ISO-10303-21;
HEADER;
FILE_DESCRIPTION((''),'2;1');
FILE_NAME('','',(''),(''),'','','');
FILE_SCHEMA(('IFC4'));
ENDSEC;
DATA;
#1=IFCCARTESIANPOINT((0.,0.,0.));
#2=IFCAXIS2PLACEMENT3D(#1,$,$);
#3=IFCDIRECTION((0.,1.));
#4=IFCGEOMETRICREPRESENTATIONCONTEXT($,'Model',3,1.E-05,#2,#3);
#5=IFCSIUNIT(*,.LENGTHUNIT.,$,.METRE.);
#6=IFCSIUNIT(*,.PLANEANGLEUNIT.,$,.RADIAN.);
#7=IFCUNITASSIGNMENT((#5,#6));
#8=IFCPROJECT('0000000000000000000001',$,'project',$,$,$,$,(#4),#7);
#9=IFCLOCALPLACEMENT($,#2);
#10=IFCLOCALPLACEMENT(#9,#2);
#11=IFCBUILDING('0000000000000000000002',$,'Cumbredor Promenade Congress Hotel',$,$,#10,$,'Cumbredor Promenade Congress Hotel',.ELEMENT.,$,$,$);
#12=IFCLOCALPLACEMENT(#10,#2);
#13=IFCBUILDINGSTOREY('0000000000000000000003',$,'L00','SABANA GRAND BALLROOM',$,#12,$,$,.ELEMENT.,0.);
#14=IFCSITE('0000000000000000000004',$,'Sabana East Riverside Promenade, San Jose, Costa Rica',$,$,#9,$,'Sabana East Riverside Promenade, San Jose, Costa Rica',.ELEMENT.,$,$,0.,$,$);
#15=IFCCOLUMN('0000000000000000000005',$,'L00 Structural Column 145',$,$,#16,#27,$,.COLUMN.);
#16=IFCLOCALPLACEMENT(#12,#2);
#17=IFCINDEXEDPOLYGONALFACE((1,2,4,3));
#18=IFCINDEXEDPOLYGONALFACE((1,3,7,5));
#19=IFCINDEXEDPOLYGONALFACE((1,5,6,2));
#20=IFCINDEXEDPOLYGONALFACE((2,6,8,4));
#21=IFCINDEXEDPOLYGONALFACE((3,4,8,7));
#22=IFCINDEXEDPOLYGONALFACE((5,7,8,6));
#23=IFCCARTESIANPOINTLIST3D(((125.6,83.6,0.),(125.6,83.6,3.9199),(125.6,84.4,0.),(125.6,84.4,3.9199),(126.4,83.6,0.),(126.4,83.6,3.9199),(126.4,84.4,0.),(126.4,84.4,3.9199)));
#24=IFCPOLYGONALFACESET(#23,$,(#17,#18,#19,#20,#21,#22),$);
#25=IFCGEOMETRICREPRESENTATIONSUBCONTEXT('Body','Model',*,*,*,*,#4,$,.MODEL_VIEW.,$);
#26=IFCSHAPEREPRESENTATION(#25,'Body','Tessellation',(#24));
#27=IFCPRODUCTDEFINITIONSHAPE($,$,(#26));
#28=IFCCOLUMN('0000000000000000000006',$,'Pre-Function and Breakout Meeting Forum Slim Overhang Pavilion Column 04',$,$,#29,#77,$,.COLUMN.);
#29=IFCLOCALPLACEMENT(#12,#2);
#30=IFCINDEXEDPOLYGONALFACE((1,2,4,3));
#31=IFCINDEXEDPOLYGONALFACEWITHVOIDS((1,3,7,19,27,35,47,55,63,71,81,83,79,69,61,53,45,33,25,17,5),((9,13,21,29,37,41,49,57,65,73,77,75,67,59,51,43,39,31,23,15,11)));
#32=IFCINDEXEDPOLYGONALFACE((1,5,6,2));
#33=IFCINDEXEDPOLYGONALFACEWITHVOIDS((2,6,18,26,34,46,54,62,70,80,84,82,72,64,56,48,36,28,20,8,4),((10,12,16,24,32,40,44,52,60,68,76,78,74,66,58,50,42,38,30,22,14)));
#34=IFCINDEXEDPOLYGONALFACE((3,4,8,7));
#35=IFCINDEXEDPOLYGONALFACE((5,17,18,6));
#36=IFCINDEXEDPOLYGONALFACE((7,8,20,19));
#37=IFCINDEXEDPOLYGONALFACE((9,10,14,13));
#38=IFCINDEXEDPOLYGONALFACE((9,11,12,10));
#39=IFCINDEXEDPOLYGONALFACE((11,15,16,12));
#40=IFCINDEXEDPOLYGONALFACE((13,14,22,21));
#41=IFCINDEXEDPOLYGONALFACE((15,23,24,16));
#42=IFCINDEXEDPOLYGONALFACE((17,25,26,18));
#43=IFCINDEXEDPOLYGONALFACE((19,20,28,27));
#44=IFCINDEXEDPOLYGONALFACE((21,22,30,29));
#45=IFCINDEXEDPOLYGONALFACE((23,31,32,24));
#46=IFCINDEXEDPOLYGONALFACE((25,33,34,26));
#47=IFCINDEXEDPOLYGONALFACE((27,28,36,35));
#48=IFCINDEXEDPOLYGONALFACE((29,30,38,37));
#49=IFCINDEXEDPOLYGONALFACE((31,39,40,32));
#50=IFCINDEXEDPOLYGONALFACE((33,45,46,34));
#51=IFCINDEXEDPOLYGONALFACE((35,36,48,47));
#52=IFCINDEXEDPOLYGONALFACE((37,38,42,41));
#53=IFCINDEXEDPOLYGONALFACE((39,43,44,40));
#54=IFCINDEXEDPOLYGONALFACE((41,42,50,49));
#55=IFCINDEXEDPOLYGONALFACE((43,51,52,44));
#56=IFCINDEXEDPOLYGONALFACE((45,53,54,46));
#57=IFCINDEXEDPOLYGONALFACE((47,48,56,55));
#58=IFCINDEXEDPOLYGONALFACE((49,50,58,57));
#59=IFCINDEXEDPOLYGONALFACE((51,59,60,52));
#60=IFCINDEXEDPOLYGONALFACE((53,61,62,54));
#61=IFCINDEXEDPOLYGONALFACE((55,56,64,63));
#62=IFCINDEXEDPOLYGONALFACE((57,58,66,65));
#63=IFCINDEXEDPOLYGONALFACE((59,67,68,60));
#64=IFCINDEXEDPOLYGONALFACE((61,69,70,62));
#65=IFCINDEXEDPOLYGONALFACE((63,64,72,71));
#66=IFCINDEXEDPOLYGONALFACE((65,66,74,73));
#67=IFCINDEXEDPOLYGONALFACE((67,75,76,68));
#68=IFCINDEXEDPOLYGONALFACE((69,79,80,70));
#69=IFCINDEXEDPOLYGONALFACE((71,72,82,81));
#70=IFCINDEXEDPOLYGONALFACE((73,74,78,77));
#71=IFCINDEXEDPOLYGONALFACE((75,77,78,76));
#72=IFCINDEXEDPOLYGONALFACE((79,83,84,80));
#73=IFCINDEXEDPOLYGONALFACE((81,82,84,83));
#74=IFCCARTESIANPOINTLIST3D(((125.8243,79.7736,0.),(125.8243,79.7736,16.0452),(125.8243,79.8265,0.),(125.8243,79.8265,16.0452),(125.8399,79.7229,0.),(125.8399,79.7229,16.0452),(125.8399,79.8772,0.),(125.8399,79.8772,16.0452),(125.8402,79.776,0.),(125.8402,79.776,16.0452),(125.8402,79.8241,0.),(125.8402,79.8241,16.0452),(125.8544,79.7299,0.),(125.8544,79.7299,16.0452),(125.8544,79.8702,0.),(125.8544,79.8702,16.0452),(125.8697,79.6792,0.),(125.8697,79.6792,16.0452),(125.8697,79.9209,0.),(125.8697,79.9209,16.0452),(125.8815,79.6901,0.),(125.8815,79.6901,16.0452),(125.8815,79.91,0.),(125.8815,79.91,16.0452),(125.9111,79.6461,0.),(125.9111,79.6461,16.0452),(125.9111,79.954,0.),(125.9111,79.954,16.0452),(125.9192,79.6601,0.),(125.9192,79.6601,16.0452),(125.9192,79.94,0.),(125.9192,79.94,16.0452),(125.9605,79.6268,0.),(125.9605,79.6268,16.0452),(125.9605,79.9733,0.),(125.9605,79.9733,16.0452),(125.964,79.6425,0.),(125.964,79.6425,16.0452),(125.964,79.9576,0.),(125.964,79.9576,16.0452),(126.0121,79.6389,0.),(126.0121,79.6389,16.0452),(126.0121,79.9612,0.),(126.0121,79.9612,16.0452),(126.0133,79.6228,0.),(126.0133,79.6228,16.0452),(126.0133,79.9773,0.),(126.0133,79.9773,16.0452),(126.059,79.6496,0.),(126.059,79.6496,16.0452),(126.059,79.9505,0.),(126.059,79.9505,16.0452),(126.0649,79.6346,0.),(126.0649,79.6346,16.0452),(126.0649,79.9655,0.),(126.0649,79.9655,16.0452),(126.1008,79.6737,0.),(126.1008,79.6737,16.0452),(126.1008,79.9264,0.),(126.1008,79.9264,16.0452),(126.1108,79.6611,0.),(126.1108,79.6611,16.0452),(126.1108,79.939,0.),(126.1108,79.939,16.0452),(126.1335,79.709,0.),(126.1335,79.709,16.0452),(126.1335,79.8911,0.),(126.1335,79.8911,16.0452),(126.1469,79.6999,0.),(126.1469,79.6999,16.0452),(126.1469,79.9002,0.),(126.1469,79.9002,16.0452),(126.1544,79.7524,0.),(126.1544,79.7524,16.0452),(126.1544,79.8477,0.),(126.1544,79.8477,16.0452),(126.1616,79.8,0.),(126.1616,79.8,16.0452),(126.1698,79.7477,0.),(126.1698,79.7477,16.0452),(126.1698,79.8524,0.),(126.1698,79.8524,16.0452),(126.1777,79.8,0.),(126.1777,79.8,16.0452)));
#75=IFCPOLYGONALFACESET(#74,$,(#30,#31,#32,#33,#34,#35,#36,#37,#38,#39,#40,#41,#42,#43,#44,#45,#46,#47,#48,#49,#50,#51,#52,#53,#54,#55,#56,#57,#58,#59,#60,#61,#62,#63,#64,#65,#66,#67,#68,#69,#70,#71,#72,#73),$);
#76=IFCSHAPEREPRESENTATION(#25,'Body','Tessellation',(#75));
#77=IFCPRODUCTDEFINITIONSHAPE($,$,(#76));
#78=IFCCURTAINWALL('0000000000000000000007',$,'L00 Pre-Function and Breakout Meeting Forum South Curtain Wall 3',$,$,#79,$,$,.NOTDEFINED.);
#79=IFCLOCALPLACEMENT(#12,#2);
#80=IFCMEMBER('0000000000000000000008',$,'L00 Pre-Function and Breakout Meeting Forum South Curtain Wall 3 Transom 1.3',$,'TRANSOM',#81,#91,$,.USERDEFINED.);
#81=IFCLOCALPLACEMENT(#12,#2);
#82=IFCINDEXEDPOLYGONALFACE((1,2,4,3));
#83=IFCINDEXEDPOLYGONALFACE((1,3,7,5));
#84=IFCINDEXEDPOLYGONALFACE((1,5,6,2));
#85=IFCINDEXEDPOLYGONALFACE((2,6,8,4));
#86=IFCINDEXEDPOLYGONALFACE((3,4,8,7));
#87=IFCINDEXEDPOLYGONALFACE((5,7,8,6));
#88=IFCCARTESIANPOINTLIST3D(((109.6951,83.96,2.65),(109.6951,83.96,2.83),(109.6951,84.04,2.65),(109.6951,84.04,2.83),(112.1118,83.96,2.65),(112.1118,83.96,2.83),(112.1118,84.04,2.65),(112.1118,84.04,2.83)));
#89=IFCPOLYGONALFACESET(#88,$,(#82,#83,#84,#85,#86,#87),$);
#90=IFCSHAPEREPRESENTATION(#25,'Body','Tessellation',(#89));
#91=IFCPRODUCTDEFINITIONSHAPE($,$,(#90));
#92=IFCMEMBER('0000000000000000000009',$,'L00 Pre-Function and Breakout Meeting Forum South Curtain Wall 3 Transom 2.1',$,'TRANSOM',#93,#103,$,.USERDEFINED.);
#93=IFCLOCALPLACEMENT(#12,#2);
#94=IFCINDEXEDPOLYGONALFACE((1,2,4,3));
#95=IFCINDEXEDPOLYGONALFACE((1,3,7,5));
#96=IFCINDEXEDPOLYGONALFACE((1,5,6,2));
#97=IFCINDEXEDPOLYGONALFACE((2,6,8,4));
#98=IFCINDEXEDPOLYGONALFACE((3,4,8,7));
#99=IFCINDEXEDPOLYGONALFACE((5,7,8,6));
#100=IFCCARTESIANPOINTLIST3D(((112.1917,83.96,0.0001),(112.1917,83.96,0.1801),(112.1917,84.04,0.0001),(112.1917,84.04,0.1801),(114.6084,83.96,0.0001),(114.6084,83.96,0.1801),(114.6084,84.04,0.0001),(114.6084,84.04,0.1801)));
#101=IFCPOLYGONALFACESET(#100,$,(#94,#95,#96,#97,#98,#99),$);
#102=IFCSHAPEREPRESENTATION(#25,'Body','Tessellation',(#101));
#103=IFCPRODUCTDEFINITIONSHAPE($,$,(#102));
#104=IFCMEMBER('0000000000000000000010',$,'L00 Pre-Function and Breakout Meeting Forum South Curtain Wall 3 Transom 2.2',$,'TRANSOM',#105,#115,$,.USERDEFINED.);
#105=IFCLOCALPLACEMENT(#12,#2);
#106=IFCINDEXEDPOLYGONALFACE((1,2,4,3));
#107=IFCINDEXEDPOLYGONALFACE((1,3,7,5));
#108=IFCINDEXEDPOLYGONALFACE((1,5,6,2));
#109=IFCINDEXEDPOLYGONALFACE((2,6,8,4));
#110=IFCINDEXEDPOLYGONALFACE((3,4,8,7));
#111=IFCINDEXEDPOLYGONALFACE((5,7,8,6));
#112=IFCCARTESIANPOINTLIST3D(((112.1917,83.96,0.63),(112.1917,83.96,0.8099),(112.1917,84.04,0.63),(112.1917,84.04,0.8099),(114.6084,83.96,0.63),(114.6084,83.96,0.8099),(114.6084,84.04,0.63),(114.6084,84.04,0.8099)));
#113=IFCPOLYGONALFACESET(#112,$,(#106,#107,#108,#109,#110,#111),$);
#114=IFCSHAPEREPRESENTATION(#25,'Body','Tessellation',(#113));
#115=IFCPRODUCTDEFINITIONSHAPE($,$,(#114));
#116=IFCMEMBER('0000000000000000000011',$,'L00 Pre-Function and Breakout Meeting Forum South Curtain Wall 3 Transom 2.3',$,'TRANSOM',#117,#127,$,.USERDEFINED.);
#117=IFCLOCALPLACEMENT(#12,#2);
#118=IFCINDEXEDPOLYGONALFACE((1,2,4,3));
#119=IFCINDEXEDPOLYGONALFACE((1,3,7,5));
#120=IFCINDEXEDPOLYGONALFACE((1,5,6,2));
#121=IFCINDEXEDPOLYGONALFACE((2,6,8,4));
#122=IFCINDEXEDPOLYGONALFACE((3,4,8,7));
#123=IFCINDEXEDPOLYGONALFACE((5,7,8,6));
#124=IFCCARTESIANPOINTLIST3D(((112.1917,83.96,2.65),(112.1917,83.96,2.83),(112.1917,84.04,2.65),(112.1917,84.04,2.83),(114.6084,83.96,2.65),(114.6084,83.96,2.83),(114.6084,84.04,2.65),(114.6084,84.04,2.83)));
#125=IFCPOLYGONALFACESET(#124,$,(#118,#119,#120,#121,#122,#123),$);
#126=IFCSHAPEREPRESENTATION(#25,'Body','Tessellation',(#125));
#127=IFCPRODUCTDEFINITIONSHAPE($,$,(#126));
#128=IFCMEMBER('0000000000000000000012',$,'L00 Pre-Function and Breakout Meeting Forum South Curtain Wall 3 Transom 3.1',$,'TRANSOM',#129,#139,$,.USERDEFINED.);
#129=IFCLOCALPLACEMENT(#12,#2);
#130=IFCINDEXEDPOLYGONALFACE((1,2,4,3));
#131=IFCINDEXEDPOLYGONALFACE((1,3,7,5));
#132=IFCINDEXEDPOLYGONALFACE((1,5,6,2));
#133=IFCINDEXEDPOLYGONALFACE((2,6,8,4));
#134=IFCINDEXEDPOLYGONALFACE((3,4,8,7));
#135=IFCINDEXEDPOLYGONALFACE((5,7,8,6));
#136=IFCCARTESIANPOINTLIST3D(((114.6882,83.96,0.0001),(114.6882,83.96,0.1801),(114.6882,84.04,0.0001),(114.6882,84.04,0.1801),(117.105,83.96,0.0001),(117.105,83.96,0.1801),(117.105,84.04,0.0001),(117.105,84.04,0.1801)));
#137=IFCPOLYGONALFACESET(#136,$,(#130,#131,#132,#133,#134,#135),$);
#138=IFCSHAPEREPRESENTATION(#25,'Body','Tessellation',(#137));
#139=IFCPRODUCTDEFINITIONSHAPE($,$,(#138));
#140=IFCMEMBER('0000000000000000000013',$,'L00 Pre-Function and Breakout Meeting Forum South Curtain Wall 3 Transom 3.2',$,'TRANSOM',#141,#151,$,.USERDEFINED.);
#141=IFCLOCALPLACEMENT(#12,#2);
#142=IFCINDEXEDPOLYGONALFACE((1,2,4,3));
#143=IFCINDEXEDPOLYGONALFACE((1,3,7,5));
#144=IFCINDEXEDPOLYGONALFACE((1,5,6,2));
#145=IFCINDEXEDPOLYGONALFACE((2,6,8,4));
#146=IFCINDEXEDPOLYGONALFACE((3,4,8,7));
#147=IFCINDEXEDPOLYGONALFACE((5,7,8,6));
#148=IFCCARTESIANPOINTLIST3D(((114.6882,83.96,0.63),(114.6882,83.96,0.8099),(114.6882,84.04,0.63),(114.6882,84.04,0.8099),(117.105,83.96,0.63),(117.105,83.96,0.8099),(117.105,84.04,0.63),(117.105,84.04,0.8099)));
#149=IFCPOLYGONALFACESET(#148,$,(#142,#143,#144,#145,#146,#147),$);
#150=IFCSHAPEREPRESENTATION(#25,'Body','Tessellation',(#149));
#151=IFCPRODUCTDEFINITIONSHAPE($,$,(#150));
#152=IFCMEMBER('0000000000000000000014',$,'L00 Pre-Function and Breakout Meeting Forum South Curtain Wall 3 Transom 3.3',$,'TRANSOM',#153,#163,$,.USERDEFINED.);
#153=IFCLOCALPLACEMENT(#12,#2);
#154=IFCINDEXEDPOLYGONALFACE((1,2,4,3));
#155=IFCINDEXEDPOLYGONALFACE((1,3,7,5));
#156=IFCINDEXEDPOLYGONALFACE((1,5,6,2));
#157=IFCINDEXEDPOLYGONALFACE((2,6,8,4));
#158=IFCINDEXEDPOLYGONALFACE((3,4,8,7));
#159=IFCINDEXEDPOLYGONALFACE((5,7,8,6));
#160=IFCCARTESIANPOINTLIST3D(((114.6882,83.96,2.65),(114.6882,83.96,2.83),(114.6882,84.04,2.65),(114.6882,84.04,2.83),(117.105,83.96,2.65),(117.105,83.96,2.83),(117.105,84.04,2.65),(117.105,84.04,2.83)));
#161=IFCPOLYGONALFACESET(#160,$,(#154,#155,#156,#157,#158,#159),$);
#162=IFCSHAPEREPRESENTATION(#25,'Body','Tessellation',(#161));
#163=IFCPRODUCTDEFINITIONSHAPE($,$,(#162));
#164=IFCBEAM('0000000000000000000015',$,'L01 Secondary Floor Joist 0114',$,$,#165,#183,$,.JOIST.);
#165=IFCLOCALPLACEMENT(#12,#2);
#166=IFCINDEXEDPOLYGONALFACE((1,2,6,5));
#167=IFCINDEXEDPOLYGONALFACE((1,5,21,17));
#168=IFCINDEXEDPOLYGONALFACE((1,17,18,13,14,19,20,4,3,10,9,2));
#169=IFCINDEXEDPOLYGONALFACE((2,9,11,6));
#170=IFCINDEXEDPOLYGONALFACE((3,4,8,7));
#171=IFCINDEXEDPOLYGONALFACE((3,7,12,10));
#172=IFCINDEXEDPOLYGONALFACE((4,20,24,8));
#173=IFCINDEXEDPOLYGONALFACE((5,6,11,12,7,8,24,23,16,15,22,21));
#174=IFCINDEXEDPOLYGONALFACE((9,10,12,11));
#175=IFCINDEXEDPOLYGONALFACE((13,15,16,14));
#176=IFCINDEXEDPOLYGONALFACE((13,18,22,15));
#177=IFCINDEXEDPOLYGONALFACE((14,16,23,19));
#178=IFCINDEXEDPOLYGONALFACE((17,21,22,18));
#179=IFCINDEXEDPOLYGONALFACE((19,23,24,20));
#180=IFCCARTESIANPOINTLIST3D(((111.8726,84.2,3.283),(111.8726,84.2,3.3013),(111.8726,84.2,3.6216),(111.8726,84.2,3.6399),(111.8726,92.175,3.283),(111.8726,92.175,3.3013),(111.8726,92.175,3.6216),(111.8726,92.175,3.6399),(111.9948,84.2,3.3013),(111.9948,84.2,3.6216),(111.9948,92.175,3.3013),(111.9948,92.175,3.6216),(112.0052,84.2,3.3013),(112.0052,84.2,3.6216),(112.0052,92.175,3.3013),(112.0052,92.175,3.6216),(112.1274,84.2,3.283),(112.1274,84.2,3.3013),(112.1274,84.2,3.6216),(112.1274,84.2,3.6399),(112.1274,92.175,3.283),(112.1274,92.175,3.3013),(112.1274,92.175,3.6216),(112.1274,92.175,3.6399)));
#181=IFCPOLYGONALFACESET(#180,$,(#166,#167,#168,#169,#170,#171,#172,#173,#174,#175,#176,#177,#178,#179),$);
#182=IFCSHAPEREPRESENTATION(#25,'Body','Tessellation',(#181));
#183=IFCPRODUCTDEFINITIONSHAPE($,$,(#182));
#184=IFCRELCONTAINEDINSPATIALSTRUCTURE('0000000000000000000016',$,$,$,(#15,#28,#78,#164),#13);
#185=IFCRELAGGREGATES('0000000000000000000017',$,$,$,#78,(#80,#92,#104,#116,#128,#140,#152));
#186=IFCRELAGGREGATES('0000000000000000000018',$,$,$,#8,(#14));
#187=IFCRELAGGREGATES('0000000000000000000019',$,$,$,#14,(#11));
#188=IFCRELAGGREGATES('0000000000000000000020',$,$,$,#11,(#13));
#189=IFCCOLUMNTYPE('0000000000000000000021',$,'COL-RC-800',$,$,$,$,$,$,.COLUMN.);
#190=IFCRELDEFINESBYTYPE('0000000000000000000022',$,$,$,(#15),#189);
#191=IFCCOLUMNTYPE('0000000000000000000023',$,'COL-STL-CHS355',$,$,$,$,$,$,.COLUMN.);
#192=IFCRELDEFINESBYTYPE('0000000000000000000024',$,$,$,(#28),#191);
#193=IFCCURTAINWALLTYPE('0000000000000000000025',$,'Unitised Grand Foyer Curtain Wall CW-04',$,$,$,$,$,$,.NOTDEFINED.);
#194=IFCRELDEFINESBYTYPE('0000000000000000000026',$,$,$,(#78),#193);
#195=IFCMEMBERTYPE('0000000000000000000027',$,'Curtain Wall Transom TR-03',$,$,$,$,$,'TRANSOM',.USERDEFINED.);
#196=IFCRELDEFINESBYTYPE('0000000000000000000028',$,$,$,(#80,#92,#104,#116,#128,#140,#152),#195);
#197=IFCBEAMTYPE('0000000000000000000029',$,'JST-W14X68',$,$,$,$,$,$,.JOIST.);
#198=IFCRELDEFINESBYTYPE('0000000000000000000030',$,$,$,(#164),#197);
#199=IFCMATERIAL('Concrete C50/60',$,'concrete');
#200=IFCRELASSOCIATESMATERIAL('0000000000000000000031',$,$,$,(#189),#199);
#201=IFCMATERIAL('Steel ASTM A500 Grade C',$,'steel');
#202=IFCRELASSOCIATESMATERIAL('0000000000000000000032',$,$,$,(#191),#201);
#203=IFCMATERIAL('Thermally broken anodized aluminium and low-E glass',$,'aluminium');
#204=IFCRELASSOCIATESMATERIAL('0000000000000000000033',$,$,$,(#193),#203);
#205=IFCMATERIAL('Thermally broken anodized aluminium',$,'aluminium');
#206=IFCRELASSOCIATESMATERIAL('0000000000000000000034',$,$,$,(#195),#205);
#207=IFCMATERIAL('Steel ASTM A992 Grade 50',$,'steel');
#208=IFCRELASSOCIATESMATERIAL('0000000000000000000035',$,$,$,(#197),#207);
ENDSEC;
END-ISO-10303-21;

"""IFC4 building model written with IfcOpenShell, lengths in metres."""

from ifc_helpers import new_model, si_unit, direction, frame, origin, origin_2d, place, context, subcontext, project, spatial, rectangle, hollow_circle, i_section, extrude, material, material_profile, profile_set, type_object, element, aggregate, save


model = new_model("IFC4")

# Units and contexts
model_context = context("Model", 3, precision=1e-05, world=origin(), true_north=direction((0.0, 1.0)))
body_context = subcontext(model_context, "Body", "Model", "MODEL_VIEW")
ifc_project = project(units=[si_unit("LENGTHUNIT", "METRE"), si_unit("PLANEANGLEUNIT", "RADIAN")], contexts=[model_context])

# Site, building, storey
site_placement = place(None, origin())
site = spatial("IfcSite", under=ifc_project, at=site_placement, Name="Sabana East Riverside Promenade, San Jose, Costa Rica", LongName="Sabana East Riverside Promenade, San Jose, Costa Rica", CompositionType="ELEMENT", RefElevation=0.0)
building_placement = place(site_placement, origin())
building = spatial("IfcBuilding", under=site, at=building_placement, Name="Cumbredor Promenade Congress Hotel", LongName="Cumbredor Promenade Congress Hotel", CompositionType="ELEMENT")
storey_placement = place(building_placement, origin())
storey = spatial("IfcBuildingStorey", under=building, at=storey_placement, Name="L00", Description="SABANA GRAND BALLROOM", CompositionType="ELEMENT", Elevation=0.0)

# Columns
ifc_material_1 = material(Name="Concrete C50/60", Category="concrete")
ifc_material_profile_1 = material_profile(ifc_material_1, rectangle(XDim=0.8, YDim=0.8, at=origin_2d()), Name="RC 800x800")
ifc_profile_set_1 = profile_set([ifc_material_profile_1], Name="Concrete C50/60")
column_type_1 = type_object("IfcColumnType", Name="COL-RC-800", PredefinedType="COLUMN", material=ifc_profile_set_1)
column_1_placement = place(storey_placement, frame((126.0, 84.0, 0.0), z_axis=(0.0, 0.0, 1.0), x_axis=(1.0, 0.0, 0.0)))
element("IfcColumn", 1, at=column_1_placement, inside=storey, type_object=column_type_1, Name="L00 Structural Column 145", PredefinedType="COLUMN", context=body_context, shape_type="SweptSolid", body=[
    extrude(rectangle(XDim=0.8, YDim=0.8, at=origin_2d()), origin(), (0.0, 0.0, 1.0), 3.9199),
])
ifc_material_2 = material(Name="Steel ASTM A500 Grade C", Category="steel")
ifc_material_profile_2 = material_profile(ifc_material_2, hollow_circle(Radius=0.1777, WallThickness=0.0161, at=origin_2d()), Name="CHS 355.6x16")
ifc_profile_set_2 = profile_set([ifc_material_profile_2], Name="Steel ASTM A500 Grade C")
column_type_2 = type_object("IfcColumnType", Name="COL-STL-CHS355", PredefinedType="COLUMN", material=ifc_profile_set_2)
column_2_placement = place(storey_placement, frame((126.0, 79.8, 0.0), z_axis=(0.0, 0.0, 1.0), x_axis=(1.0, 0.0, 0.0)))
element("IfcColumn", 2, at=column_2_placement, inside=storey, type_object=column_type_2, Name="Pre-Function and Breakout Meeting Forum Slim Overhang Pavilion Column 04", PredefinedType="COLUMN", context=body_context, shape_type="SweptSolid", body=[
    extrude(hollow_circle(Radius=0.1777, WallThickness=0.0161, at=origin_2d()), origin(), (0.0, 0.0, 1.0), 16.0452),
])

# Curtain wall, members
ifc_material_3 = material(Name="Thermally broken anodized aluminium and low-E glass", Category="aluminium")
curtain_wall_type = type_object("IfcCurtainWallType", Name="Unitised Grand Foyer Curtain Wall CW-04", PredefinedType="NOTDEFINED", material=ifc_material_3)
curtain_wall_placement = place(storey_placement, origin())
curtain_wall = element("IfcCurtainWall", 3, at=curtain_wall_placement, inside=storey, type_object=curtain_wall_type, Name="L00 Pre-Function and Breakout Meeting Forum South Curtain Wall 3", PredefinedType="NOTDEFINED")
ifc_material_4 = material(Name="Thermally broken anodized aluminium", Category="aluminium")
ifc_material_profile_3 = material_profile(ifc_material_4, rectangle(XDim=0.0801, YDim=0.1799, at=origin_2d()), Name="ALU TRANSOM 80x180")
ifc_profile_set_3 = profile_set([ifc_material_profile_3], Name="Thermally broken anodized aluminium")
member_type = type_object("IfcMemberType", Name="Curtain Wall Transom TR-03", ElementType="TRANSOM", PredefinedType="USERDEFINED", material=ifc_profile_set_3)
member_1_placement = place(storey_placement, frame((109.6951, 84.0, 2.74), z_axis=(1.0, 0.0, 0.0), x_axis=(0.0, 1.0, 0.0)))
member_1 = element("IfcMember", 4, at=member_1_placement, type_object=member_type, Name="L00 Pre-Function and Breakout Meeting Forum South Curtain Wall 3 Transom 1.3", ObjectType="TRANSOM", PredefinedType="USERDEFINED", context=body_context, shape_type="SweptSolid", body=[
    extrude(rectangle(XDim=0.0801, YDim=0.1799, at=origin_2d()), origin(), (0.0, 0.0, 1.0), 2.4167),
])
member_2_placement = place(storey_placement, frame((112.1917, 84.0, 0.0901), z_axis=(1.0, 0.0, 0.0), x_axis=(0.0, 1.0, 0.0)))
member_2 = element("IfcMember", 5, at=member_2_placement, type_object=member_type, Name="L00 Pre-Function and Breakout Meeting Forum South Curtain Wall 3 Transom 2.1", ObjectType="TRANSOM", PredefinedType="USERDEFINED", context=body_context, shape_type="SweptSolid", body=[
    extrude(rectangle(XDim=0.0801, YDim=0.1799, at=origin_2d()), origin(), (0.0, 0.0, 1.0), 2.4167),
])
member_3_placement = place(storey_placement, frame((112.1917, 84.0, 0.72), z_axis=(1.0, 0.0, 0.0), x_axis=(0.0, 1.0, 0.0)))
member_3 = element("IfcMember", 6, at=member_3_placement, type_object=member_type, Name="L00 Pre-Function and Breakout Meeting Forum South Curtain Wall 3 Transom 2.2", ObjectType="TRANSOM", PredefinedType="USERDEFINED", context=body_context, shape_type="SweptSolid", body=[
    extrude(rectangle(XDim=0.0801, YDim=0.1799, at=origin_2d()), origin(), (0.0, 0.0, 1.0), 2.4167),
])
member_4_placement = place(storey_placement, frame((112.1917, 84.0, 2.74), z_axis=(1.0, 0.0, 0.0), x_axis=(0.0, 1.0, 0.0)))
member_4 = element("IfcMember", 7, at=member_4_placement, type_object=member_type, Name="L00 Pre-Function and Breakout Meeting Forum South Curtain Wall 3 Transom 2.3", ObjectType="TRANSOM", PredefinedType="USERDEFINED", context=body_context, shape_type="SweptSolid", body=[
    extrude(rectangle(XDim=0.0801, YDim=0.1799, at=origin_2d()), origin(), (0.0, 0.0, 1.0), 2.4167),
])
member_5_placement = place(storey_placement, frame((114.6882, 84.0, 0.0901), z_axis=(1.0, 0.0, 0.0), x_axis=(0.0, 1.0, 0.0)))
member_5 = element("IfcMember", 8, at=member_5_placement, type_object=member_type, Name="L00 Pre-Function and Breakout Meeting Forum South Curtain Wall 3 Transom 3.1", ObjectType="TRANSOM", PredefinedType="USERDEFINED", context=body_context, shape_type="SweptSolid", body=[
    extrude(rectangle(XDim=0.0801, YDim=0.1799, at=origin_2d()), origin(), (0.0, 0.0, 1.0), 2.4167),
])
member_6_placement = place(storey_placement, frame((114.6882, 84.0, 0.72), z_axis=(1.0, 0.0, 0.0), x_axis=(0.0, 1.0, 0.0)))
member_6 = element("IfcMember", 9, at=member_6_placement, type_object=member_type, Name="L00 Pre-Function and Breakout Meeting Forum South Curtain Wall 3 Transom 3.2", ObjectType="TRANSOM", PredefinedType="USERDEFINED", context=body_context, shape_type="SweptSolid", body=[
    extrude(rectangle(XDim=0.0801, YDim=0.1799, at=origin_2d()), origin(), (0.0, 0.0, 1.0), 2.4167),
])
member_7_placement = place(storey_placement, frame((114.6882, 84.0, 2.74), z_axis=(1.0, 0.0, 0.0), x_axis=(0.0, 1.0, 0.0)))
member_7 = element("IfcMember", 10, at=member_7_placement, type_object=member_type, Name="L00 Pre-Function and Breakout Meeting Forum South Curtain Wall 3 Transom 3.3", ObjectType="TRANSOM", PredefinedType="USERDEFINED", context=body_context, shape_type="SweptSolid", body=[
    extrude(rectangle(XDim=0.0801, YDim=0.1799, at=origin_2d()), origin(), (0.0, 0.0, 1.0), 2.4167),
])

# Beam
ifc_material_5 = material(Name="Steel ASTM A992 Grade 50", Category="steel")
ifc_material_profile_4 = material_profile(ifc_material_5, i_section(OverallWidth=0.2549, OverallDepth=0.3569, WebThickness=0.0105, FlangeThickness=0.0183, at=origin_2d()), Name="W14X68")
ifc_profile_set_4 = profile_set([ifc_material_profile_4], Name="Steel ASTM A992 Grade 50")
beam_type_1 = type_object("IfcBeamType", Name="JST-W14X68", PredefinedType="JOIST", material=ifc_profile_set_4)
for number, where, z_axis, x_axis, name in (
    (11, (112.0, 84.2, 3.4614), (0.0, 1.0, 0.0), (-1.0, 0.0, 0.0), "L01 Secondary Floor Joist 0114"),
):
    element("IfcBeam", number, at=place(storey_placement, frame(where, z_axis=z_axis, x_axis=x_axis)), inside=storey, type_object=beam_type_1, Name=name, PredefinedType="JOIST", context=body_context, shape_type="SweptSolid", body=[
        extrude(i_section(OverallWidth=0.2549, OverallDepth=0.3569, WebThickness=0.0105, FlangeThickness=0.0183, at=origin_2d()), origin(), (0.0, 0.0, 1.0), 7.9751),
    ])

aggregate(curtain_wall, [member_1, member_2, member_3, member_4, member_5, member_6, member_7])

save(model, "model.ifc")
